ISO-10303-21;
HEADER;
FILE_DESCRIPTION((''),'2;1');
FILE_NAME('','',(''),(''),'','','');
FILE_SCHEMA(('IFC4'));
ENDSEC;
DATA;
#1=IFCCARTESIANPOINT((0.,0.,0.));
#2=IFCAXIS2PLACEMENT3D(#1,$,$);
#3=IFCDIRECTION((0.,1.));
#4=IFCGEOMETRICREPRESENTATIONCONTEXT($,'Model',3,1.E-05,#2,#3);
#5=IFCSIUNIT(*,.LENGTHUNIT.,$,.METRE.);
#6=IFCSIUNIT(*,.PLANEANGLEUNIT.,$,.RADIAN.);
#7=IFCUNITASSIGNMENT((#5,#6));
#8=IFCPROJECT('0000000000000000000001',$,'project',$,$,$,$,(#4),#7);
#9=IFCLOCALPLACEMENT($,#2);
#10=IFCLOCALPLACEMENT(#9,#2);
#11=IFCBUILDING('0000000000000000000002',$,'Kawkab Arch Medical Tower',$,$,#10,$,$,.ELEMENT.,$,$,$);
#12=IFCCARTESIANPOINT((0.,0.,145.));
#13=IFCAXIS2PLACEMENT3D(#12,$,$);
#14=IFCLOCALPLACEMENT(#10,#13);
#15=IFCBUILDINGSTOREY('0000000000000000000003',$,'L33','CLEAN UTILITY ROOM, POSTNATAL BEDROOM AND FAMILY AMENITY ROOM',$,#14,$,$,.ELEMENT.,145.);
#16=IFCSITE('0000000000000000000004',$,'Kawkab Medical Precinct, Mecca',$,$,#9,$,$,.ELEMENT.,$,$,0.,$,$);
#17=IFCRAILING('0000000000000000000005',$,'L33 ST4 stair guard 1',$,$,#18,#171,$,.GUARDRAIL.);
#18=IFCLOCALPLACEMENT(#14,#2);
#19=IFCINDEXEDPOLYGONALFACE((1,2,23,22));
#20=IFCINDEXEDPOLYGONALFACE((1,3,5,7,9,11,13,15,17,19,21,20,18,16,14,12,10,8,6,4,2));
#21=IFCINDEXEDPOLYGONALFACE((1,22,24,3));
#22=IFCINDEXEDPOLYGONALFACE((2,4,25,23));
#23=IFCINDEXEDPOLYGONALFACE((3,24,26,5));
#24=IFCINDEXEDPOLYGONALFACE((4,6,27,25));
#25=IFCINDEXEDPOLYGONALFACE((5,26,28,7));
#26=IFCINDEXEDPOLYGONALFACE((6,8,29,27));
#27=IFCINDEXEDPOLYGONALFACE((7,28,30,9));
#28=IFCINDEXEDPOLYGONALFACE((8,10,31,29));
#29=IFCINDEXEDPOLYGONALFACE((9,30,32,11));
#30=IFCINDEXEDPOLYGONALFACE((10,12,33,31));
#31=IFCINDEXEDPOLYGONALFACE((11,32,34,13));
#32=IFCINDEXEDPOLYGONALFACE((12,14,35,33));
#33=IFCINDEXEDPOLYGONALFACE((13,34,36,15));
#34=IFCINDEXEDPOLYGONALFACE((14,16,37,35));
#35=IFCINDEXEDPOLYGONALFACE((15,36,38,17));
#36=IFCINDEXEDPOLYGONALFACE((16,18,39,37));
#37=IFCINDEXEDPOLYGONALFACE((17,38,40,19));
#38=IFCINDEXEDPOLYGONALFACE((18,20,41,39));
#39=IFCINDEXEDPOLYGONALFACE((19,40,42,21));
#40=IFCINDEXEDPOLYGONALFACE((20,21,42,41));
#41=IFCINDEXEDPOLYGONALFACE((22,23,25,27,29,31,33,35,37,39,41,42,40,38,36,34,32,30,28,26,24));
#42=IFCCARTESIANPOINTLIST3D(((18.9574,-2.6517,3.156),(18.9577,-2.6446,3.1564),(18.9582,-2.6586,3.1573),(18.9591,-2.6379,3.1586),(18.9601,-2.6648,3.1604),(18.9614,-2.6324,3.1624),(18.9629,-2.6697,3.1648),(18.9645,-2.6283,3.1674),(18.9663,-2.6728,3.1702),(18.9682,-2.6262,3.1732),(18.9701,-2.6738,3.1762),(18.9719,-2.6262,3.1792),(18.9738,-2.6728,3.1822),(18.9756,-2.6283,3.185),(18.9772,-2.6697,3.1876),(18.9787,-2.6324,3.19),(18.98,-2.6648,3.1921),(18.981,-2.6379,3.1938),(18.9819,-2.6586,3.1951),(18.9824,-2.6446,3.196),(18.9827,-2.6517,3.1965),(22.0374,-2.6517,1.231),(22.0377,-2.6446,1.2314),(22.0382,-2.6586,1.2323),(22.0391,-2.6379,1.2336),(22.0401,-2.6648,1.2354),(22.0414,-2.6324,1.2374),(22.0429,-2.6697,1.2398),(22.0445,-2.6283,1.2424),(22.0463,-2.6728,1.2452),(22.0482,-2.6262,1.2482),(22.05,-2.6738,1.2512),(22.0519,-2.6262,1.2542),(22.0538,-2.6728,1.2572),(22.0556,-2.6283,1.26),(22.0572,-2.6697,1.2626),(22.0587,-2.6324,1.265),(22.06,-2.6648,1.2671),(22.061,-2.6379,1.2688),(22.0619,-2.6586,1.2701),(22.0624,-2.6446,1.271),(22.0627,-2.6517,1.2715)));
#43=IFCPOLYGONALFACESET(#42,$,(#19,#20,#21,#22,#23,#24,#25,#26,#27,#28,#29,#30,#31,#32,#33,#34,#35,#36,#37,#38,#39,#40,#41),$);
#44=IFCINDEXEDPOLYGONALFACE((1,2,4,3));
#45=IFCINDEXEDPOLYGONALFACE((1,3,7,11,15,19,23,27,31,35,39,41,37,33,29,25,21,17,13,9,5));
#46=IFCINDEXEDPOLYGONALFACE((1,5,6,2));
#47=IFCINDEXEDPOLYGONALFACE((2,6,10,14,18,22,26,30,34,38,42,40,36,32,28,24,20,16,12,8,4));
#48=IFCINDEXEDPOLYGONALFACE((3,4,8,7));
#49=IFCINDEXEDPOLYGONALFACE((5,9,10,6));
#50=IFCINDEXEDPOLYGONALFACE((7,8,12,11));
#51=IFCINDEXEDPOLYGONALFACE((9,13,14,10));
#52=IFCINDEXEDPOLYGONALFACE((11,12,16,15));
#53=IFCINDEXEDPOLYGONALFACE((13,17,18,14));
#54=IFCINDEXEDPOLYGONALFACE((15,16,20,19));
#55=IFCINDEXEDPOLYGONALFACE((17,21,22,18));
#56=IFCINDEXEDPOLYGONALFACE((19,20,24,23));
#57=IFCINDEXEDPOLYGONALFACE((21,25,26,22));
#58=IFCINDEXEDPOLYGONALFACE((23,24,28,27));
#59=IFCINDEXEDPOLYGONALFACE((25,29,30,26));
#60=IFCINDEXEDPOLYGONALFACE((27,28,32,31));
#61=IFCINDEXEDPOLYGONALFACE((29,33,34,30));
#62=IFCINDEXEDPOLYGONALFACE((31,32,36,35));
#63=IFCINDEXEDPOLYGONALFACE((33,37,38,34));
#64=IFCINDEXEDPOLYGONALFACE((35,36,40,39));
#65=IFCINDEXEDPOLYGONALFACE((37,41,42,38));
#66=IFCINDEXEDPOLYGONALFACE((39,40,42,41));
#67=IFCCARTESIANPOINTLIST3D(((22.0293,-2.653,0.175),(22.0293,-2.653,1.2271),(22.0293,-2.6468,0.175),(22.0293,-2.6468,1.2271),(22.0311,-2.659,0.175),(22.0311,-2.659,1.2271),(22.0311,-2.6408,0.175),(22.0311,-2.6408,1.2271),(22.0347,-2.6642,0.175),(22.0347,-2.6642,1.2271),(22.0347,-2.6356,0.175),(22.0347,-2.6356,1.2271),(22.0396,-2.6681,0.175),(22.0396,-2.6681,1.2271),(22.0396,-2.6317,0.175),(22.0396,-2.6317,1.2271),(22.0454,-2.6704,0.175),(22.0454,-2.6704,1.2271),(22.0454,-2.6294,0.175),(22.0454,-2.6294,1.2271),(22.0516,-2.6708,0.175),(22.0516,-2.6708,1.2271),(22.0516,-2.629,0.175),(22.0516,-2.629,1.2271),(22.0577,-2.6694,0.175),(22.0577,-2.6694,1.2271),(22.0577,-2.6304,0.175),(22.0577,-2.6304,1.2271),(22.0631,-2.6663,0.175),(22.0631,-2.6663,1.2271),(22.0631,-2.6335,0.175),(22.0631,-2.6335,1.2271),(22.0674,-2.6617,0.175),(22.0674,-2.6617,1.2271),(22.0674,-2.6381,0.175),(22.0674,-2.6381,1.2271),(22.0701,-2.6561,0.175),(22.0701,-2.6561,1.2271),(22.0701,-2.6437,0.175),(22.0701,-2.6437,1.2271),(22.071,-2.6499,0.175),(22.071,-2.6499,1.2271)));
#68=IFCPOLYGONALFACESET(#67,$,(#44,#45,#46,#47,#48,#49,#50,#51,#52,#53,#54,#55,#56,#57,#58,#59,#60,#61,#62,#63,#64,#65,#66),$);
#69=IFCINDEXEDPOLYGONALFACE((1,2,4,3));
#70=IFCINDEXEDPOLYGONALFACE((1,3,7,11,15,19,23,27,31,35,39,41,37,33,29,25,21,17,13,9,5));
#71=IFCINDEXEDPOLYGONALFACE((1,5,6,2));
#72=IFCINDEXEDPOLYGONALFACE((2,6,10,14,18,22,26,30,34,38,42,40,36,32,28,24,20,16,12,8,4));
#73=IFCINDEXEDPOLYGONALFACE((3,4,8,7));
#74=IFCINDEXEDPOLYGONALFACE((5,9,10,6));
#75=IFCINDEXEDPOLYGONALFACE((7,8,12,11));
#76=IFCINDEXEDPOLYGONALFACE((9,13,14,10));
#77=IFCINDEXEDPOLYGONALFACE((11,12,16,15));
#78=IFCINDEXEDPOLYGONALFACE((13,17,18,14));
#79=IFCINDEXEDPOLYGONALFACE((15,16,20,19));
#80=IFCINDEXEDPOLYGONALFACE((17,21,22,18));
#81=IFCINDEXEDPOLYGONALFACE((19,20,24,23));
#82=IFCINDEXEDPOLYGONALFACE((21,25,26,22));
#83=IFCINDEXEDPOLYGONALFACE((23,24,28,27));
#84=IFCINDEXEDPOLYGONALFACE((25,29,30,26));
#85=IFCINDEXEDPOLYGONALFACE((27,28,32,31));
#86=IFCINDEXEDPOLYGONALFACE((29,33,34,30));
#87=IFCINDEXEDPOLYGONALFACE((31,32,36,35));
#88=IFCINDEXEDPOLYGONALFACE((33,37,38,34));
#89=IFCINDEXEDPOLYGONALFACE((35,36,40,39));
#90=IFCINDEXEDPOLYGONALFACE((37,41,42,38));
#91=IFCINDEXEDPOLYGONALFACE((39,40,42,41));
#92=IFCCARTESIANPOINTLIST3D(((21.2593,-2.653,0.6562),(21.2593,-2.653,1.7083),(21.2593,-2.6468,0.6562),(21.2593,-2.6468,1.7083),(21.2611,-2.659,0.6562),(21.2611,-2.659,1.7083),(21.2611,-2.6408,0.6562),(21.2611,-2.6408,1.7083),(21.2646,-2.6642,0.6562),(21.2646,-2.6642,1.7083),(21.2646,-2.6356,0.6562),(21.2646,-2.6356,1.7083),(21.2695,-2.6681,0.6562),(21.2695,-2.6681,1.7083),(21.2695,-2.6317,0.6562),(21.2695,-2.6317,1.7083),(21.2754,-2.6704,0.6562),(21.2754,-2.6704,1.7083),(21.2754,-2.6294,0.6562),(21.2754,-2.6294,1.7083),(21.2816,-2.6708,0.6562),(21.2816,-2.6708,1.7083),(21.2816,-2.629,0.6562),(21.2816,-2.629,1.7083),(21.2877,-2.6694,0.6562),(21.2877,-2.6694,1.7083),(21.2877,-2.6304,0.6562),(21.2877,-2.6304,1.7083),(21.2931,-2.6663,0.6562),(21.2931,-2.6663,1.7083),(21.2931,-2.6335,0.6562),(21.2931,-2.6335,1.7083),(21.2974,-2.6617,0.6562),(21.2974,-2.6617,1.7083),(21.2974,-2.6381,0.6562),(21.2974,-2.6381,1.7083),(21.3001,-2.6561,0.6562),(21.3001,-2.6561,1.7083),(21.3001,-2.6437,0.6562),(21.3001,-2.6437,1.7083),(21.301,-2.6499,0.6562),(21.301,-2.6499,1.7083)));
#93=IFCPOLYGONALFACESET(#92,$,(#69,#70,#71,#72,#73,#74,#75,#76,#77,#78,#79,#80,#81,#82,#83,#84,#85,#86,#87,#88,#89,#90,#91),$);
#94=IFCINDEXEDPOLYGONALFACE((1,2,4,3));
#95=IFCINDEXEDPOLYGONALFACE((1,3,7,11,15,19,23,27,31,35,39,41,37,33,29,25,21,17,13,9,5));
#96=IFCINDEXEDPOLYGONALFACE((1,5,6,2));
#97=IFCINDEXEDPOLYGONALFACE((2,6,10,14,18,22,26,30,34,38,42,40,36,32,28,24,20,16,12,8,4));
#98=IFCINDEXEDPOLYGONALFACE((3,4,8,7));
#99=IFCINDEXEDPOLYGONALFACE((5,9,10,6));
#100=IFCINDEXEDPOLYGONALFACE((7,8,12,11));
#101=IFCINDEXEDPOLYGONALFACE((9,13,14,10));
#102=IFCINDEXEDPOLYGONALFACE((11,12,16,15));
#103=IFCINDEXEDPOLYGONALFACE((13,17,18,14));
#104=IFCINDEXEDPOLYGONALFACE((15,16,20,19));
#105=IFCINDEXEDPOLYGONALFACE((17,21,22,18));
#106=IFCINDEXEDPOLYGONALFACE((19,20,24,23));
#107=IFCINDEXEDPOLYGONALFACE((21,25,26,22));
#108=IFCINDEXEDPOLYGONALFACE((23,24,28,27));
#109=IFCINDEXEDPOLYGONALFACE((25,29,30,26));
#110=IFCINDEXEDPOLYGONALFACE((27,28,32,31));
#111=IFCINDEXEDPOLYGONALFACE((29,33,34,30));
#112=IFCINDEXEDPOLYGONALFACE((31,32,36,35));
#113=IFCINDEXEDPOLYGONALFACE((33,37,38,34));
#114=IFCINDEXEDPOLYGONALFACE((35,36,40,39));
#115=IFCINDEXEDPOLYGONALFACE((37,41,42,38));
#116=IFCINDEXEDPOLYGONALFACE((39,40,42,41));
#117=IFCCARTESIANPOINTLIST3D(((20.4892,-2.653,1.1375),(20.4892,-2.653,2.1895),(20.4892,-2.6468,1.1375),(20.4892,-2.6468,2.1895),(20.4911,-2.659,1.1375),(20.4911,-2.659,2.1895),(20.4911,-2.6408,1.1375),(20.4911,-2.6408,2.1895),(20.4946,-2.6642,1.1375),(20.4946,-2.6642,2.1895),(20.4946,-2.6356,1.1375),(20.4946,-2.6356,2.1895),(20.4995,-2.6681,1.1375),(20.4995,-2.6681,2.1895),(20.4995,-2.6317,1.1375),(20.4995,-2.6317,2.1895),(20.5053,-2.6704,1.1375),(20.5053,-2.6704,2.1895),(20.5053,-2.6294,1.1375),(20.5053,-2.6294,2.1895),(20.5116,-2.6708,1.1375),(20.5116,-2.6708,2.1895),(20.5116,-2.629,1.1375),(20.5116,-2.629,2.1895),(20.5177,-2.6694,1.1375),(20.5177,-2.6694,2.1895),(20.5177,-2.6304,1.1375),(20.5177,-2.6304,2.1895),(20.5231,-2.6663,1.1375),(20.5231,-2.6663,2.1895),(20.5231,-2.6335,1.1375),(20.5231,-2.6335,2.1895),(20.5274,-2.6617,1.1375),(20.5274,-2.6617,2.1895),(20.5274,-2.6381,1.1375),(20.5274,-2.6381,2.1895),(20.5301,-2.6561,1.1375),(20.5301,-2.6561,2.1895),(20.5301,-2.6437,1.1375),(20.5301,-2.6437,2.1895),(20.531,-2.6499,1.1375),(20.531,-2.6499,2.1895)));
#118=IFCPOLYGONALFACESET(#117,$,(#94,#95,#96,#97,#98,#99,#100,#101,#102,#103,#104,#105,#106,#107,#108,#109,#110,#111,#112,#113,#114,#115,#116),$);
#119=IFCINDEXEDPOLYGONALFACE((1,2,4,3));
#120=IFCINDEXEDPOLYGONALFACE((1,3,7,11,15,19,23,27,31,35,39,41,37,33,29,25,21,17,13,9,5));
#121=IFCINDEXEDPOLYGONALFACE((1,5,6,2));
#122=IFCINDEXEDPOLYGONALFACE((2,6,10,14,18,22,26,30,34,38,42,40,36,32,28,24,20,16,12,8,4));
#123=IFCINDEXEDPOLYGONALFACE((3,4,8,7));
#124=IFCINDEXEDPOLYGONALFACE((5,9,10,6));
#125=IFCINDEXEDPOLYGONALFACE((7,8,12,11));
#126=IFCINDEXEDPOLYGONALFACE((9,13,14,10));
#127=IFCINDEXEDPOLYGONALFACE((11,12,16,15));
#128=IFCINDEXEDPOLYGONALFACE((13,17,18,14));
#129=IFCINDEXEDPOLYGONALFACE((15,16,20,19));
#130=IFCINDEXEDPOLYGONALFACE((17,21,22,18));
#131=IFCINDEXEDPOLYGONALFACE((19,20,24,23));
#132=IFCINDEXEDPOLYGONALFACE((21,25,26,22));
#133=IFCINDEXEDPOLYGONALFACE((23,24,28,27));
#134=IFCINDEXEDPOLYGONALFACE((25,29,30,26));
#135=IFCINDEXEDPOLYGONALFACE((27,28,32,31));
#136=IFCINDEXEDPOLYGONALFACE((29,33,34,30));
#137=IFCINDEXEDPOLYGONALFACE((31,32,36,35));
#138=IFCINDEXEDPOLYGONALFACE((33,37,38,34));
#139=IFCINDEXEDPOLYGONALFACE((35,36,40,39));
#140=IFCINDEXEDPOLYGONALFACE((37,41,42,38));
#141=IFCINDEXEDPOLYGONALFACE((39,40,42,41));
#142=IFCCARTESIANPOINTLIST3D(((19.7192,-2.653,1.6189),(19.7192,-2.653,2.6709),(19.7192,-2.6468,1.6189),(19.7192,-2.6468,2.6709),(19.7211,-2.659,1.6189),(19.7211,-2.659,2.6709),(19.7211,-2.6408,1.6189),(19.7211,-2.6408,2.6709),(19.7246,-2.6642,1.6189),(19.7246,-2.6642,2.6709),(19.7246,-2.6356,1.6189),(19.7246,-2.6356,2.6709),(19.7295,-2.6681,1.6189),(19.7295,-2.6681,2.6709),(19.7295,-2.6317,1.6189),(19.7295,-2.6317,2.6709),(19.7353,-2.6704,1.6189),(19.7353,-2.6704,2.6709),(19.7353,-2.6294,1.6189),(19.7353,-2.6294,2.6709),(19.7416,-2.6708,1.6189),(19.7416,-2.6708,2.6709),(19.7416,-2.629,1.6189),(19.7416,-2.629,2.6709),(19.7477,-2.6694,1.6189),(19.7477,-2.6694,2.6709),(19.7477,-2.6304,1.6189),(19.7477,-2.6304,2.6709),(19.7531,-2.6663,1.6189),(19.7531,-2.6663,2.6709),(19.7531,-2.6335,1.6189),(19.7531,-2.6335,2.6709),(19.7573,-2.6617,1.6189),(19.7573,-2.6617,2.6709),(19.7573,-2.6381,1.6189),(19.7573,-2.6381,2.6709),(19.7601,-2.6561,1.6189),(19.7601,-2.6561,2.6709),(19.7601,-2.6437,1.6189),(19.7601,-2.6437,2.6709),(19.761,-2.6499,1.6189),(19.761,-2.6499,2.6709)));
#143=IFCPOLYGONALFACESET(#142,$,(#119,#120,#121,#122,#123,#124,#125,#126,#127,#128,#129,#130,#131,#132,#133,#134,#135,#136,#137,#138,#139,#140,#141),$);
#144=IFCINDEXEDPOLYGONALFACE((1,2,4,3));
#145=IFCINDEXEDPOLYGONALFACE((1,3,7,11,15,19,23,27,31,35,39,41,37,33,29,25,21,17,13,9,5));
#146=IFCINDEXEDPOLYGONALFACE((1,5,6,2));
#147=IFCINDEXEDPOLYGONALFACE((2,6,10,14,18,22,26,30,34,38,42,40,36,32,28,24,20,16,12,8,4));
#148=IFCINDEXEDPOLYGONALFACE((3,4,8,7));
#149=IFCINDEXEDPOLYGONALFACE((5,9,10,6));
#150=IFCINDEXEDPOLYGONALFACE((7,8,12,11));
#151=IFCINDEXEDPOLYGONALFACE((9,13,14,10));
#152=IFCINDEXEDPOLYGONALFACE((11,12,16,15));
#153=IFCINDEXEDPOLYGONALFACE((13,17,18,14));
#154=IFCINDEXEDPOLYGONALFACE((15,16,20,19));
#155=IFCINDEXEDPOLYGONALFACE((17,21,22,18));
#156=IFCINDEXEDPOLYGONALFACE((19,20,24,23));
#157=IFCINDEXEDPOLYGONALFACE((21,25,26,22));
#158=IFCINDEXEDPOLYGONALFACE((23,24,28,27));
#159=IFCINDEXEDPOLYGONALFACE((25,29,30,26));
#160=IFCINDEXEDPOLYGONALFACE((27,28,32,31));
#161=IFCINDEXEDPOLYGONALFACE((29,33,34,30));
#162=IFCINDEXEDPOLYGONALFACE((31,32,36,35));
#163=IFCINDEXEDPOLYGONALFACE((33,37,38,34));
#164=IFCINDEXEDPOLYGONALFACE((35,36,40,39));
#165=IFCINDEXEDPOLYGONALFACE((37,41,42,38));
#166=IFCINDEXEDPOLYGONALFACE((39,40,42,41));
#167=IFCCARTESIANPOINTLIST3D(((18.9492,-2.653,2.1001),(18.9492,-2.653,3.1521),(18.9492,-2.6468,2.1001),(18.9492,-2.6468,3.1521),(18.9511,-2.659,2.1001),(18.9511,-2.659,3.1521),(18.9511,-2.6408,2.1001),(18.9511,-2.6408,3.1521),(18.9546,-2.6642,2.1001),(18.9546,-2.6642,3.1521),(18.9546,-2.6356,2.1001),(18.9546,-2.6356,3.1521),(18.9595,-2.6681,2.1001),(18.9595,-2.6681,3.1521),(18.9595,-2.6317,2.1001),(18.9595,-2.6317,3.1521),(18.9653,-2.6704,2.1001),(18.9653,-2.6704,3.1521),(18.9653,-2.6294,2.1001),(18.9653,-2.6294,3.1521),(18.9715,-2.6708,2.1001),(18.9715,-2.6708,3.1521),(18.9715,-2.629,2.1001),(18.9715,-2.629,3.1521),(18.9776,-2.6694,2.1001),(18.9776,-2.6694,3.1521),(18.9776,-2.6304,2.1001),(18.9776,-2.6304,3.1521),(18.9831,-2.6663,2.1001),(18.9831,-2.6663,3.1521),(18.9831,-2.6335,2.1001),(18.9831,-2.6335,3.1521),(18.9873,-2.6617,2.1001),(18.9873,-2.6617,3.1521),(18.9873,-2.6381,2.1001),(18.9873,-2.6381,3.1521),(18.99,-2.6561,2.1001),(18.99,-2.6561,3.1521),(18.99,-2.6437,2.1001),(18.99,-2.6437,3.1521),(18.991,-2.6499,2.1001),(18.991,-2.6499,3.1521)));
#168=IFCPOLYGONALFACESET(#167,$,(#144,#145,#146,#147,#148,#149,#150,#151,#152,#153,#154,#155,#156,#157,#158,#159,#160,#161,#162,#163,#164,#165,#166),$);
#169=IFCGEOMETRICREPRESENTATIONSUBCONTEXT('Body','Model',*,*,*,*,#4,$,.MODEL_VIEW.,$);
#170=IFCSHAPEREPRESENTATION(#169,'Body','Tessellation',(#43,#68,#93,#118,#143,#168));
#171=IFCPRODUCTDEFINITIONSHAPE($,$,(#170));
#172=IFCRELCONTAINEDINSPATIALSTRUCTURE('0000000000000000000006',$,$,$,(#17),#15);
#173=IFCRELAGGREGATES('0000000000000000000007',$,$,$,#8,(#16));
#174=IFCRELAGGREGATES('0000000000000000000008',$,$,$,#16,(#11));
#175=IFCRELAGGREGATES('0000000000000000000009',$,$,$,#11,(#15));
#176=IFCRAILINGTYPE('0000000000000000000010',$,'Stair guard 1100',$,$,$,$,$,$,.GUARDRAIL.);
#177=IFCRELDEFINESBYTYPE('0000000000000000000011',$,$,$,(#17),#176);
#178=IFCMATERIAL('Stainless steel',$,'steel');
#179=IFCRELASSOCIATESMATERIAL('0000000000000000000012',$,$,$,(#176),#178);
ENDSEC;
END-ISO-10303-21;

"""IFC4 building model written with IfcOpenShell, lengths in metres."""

from ifc_helpers import new_model, si_unit, direction, frame, origin, origin_2d, place, context, subcontext, project, spatial, circle, extrude, material, type_object, element, save


model = new_model("IFC4")

# Units and contexts
model_context = context("Model", 3, precision=1e-05, world=origin(), true_north=direction((0.0, 1.0)))
body_context = subcontext(model_context, "Body", "Model", "MODEL_VIEW")
ifc_project = project(units=[si_unit("LENGTHUNIT", "METRE"), si_unit("PLANEANGLEUNIT", "RADIAN")], contexts=[model_context])

# Site, building, storey
site_placement = place(None, origin())
site = spatial("IfcSite", under=ifc_project, at=site_placement, Name="Kawkab Medical Precinct, Mecca", CompositionType="ELEMENT", RefElevation=0.0)
building_placement = place(site_placement, origin())
building = spatial("IfcBuilding", under=site, at=building_placement, Name="Kawkab Arch Medical Tower", CompositionType="ELEMENT")
storey_placement = place(building_placement, frame((0.0, 0.0, 145.0)))
storey = spatial("IfcBuildingStorey", under=building, at=storey_placement, Name="L33", Description="CLEAN UTILITY ROOM, POSTNATAL BEDROOM AND FAMILY AMENITY ROOM", CompositionType="ELEMENT", Elevation=145.0)

# Railing
ifc_material_1 = material(Name="Stainless steel", Category="steel")
railing_type_1 = type_object("IfcRailingType", Name="Stair guard 1100", PredefinedType="GUARDRAIL", material=ifc_material_1)
railing_1_placement = place(storey_placement, frame((22.05, -2.6499, 0.175)))
element("IfcRailing", 1, at=railing_1_placement, inside=storey, type_object=railing_type_1, Name="L33 ST4 stair guard 1", PredefinedType="GUARDRAIL", context=body_context, shape_type="SweptSolid", body=[
    extrude(circle(Radius=0.0239, at=origin_2d()), frame((0.0, 0.0, 1.0762), z_axis=(-0.847998, 0.0, 0.529999), x_axis=(0.0, -1.0, 0.0)), (0.0, 0.0, 1.0), 3.6321),
    extrude(circle(Radius=0.021, at=origin_2d()), origin(), (0.0, 0.0, 1.0), 1.052),
    extrude(circle(Radius=0.021, at=origin_2d()), frame((-0.77, 0.0, 0.4812)), (0.0, 0.0, 1.0), 1.052),
    extrude(circle(Radius=0.021, at=origin_2d()), frame((-1.54, 0.0, 0.9624)), (0.0, 0.0, 1.0), 1.052),
    extrude(circle(Radius=0.021, at=origin_2d()), frame((-2.3101, 0.0, 1.4438)), (0.0, 0.0, 1.0), 1.052),
    extrude(circle(Radius=0.021, at=origin_2d()), frame((-3.0801, 0.0, 1.925)), (0.0, 0.0, 1.0), 1.052),
])

save(model, "model.ifc")
